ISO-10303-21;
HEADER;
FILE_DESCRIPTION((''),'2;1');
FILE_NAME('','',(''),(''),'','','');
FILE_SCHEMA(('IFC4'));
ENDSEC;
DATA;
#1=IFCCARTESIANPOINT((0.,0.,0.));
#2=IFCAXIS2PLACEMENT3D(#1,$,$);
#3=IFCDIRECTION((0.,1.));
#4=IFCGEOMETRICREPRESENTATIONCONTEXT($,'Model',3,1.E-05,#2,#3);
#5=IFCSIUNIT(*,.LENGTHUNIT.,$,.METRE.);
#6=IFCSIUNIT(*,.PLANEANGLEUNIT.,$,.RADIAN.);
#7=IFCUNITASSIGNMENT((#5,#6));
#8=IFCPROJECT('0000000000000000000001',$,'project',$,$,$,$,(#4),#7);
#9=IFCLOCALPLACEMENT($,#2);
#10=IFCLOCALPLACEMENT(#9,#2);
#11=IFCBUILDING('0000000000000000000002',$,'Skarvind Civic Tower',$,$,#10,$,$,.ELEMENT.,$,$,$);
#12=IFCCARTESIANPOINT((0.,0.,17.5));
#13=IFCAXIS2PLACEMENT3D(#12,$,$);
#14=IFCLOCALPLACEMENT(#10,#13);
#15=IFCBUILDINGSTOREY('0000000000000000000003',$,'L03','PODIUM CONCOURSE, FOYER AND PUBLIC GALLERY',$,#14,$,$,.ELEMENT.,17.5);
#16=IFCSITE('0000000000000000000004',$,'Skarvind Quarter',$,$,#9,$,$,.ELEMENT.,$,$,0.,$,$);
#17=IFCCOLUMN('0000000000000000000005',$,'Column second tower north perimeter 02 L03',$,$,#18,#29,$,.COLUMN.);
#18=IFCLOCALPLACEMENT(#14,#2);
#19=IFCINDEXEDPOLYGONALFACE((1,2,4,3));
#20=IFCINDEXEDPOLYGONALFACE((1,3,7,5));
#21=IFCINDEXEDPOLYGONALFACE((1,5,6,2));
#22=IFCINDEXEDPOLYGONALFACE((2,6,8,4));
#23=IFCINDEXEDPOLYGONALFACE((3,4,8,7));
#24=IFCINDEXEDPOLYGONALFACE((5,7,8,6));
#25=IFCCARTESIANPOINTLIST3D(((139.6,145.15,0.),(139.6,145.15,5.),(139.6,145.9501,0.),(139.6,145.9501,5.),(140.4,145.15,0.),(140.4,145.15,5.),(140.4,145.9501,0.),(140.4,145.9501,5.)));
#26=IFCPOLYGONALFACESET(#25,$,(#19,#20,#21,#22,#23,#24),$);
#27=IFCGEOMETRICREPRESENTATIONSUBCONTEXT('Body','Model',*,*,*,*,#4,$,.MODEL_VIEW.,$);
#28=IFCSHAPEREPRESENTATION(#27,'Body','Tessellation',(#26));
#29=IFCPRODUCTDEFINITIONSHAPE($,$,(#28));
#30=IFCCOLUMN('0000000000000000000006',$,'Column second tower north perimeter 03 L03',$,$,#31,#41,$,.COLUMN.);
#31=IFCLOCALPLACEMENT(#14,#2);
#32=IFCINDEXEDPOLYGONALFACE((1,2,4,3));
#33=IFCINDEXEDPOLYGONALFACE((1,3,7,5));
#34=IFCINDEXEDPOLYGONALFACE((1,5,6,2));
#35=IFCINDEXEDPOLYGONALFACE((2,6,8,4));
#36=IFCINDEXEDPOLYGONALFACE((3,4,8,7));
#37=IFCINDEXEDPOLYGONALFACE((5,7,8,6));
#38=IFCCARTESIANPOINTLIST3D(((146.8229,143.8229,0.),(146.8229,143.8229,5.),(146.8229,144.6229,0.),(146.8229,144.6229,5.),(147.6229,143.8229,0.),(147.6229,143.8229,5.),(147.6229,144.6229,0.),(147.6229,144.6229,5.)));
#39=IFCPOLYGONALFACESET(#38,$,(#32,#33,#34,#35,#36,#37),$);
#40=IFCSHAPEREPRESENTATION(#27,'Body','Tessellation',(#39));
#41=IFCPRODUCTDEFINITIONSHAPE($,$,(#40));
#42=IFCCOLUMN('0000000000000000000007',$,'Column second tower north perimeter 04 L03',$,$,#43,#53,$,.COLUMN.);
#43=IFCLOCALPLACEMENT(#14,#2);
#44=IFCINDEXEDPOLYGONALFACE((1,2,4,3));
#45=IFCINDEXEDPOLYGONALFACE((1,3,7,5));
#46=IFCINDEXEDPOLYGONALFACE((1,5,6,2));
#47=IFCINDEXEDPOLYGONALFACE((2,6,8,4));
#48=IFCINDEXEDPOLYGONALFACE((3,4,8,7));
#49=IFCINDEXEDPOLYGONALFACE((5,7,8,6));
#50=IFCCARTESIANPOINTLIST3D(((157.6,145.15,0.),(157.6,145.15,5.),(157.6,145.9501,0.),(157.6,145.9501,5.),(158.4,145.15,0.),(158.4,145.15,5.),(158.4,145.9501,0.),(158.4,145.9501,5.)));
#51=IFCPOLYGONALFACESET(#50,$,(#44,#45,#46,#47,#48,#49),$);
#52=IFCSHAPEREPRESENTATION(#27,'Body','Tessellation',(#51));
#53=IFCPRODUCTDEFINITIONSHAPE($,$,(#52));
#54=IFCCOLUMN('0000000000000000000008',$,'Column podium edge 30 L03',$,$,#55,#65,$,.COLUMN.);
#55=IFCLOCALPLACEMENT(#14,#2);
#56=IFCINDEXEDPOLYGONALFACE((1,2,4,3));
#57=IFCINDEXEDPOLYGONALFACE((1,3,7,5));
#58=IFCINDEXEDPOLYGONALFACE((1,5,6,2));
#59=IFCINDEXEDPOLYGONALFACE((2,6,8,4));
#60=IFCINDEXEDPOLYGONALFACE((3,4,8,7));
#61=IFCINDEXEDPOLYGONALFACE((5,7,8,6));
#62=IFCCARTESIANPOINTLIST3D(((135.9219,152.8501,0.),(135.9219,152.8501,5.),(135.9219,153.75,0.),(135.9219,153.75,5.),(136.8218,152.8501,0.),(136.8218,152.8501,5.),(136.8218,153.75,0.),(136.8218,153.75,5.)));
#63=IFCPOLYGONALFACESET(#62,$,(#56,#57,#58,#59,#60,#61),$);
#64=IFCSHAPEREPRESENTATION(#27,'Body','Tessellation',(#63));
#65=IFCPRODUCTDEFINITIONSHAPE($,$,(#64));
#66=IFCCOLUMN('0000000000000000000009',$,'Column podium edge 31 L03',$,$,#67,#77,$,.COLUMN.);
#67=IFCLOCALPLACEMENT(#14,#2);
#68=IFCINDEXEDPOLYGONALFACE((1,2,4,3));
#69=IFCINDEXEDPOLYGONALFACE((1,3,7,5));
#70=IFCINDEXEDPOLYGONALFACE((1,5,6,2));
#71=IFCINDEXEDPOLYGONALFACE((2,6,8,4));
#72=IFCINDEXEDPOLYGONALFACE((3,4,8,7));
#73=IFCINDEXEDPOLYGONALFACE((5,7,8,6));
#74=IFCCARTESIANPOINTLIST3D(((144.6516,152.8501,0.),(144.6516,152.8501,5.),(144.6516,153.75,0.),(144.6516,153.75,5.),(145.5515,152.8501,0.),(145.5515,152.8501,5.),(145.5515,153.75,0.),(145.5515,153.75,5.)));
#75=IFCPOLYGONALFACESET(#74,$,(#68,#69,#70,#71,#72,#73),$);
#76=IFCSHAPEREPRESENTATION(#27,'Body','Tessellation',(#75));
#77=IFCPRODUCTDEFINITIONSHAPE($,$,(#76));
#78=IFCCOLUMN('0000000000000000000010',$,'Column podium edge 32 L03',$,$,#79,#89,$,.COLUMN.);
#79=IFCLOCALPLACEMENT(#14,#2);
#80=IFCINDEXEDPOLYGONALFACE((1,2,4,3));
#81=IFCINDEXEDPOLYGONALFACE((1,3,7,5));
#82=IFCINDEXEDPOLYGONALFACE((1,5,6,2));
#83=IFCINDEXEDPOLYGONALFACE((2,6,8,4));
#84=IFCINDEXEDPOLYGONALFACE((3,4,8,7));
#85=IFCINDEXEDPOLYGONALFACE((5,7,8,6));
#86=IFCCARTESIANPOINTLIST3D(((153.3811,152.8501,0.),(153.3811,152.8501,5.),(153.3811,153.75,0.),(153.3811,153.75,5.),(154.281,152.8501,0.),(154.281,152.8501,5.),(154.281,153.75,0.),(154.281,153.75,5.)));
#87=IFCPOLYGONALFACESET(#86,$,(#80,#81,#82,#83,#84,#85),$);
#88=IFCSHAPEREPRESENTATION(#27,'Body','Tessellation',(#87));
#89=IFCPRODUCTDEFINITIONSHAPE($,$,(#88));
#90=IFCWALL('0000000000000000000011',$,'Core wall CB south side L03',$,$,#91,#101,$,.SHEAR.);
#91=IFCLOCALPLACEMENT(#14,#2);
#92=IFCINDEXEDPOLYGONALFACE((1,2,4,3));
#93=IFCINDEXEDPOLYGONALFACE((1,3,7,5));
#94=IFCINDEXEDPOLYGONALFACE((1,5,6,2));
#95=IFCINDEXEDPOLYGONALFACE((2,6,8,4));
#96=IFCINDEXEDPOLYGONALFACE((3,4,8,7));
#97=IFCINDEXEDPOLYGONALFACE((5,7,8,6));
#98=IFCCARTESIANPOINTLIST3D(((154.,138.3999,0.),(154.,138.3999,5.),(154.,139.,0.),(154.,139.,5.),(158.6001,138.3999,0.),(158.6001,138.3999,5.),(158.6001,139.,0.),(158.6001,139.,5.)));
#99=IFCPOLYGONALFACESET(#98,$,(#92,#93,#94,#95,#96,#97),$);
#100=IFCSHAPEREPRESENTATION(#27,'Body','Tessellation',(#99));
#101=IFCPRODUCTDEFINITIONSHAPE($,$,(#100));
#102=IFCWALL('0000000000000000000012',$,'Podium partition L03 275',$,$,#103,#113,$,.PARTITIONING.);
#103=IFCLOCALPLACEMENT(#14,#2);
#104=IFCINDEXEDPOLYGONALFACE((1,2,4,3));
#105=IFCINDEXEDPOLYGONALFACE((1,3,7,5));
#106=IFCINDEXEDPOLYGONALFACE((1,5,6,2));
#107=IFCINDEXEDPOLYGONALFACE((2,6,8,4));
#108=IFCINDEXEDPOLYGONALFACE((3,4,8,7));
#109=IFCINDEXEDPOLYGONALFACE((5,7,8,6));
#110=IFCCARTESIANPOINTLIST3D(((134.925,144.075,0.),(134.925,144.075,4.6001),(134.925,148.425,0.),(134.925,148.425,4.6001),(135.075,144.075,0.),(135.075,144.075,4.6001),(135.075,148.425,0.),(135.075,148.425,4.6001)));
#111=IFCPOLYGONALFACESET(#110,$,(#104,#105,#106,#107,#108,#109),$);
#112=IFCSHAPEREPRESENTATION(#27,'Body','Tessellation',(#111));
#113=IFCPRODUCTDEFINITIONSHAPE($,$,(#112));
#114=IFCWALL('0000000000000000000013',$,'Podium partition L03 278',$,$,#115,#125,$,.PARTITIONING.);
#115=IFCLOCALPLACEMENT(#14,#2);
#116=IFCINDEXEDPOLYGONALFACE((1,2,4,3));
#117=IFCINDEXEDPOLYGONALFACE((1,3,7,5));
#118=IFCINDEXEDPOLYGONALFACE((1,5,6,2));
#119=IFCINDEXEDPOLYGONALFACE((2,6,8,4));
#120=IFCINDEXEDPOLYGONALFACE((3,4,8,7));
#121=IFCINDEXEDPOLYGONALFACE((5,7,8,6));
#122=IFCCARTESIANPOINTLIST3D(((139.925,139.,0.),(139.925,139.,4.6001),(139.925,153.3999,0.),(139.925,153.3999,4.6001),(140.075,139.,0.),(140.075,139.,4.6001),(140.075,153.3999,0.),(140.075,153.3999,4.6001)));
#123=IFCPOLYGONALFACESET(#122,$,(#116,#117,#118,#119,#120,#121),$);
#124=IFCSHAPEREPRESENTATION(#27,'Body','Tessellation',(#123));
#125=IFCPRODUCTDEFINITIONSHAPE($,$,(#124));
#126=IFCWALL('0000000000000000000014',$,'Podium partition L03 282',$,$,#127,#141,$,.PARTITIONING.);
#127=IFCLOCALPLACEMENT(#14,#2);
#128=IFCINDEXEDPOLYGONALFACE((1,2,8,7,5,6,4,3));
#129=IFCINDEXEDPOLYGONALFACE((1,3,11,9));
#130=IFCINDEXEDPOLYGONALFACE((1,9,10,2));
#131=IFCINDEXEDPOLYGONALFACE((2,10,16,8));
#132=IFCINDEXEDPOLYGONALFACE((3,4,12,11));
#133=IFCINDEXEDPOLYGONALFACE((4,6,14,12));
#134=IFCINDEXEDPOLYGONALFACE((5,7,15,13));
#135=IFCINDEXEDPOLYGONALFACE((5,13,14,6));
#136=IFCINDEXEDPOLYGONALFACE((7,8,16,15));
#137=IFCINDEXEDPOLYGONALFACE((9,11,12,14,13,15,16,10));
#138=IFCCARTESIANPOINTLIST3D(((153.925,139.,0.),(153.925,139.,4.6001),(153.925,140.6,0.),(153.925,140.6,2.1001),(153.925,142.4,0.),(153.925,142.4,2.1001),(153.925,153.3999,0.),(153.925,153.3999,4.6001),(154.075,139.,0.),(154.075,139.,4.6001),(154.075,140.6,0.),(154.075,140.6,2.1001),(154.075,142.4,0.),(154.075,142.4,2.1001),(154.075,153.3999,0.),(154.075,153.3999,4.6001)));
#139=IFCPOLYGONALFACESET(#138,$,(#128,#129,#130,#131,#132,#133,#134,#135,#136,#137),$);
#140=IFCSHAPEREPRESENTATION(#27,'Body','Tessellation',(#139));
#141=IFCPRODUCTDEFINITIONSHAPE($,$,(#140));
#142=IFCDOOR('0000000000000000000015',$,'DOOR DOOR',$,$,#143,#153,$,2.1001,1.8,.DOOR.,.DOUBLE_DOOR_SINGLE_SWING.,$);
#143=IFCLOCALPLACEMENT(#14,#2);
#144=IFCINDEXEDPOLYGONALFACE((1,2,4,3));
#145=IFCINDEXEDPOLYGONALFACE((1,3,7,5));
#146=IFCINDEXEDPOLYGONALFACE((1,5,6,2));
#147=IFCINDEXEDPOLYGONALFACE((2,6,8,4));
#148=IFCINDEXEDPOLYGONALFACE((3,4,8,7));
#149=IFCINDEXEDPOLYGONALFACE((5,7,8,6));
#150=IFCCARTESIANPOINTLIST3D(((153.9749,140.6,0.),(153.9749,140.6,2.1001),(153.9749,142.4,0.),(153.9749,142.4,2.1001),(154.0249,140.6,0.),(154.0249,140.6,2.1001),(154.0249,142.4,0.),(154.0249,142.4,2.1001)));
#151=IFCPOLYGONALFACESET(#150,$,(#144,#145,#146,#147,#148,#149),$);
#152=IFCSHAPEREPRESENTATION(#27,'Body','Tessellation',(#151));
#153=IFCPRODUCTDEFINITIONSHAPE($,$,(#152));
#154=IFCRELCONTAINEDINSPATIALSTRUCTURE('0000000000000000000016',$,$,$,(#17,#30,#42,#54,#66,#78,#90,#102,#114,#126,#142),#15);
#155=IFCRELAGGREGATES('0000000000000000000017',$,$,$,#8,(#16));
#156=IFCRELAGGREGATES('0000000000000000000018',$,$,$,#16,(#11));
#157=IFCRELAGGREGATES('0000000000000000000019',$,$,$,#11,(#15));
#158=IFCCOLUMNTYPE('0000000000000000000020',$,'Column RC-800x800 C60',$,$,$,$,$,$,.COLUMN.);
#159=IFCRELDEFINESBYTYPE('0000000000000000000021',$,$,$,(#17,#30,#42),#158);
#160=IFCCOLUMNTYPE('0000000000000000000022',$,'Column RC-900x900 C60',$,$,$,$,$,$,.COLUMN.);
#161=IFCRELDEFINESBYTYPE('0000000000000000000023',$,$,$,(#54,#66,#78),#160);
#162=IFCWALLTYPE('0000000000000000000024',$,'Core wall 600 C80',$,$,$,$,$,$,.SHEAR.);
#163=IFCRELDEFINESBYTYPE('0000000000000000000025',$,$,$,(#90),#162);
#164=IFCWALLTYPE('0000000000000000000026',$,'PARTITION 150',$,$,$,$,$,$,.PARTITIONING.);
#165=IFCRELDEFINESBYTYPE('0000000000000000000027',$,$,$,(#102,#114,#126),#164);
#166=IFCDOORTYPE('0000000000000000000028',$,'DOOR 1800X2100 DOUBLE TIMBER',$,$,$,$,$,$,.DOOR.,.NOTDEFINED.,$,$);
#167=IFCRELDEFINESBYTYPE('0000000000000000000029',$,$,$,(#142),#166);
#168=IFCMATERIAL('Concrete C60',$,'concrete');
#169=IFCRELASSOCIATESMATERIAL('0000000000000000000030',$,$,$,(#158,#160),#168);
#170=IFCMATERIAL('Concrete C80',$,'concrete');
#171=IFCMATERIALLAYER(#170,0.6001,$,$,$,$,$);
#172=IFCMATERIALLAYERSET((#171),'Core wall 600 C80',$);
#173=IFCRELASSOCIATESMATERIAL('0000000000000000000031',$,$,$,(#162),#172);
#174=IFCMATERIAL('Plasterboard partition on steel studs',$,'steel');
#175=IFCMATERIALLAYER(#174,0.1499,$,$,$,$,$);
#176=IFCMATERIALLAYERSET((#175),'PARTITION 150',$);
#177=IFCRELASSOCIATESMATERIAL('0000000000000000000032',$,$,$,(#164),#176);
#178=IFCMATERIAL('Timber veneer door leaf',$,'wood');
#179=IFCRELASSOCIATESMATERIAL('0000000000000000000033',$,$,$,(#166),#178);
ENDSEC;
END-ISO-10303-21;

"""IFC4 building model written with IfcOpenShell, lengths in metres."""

from ifc_helpers import new_model, si_unit, direction, frame, frame_2d, origin, origin_2d, place, context, subcontext, project, spatial, rectangle, extrude, material, layer, layer_set, material_profile, profile_set, type_object, element, fill, save


model = new_model("IFC4")

# Units and contexts
model_context = context("Model", 3, precision=1e-05, world=origin(), true_north=direction((0.0, 1.0)))
body_context = subcontext(model_context, "Body", "Model", "MODEL_VIEW")
ifc_project = project(units=[si_unit("LENGTHUNIT", "METRE"), si_unit("PLANEANGLEUNIT", "RADIAN")], contexts=[model_context])

# Site, building, storey
site_placement = place(None, origin())
site = spatial("IfcSite", under=ifc_project, at=site_placement, Name="Skarvind Quarter", CompositionType="ELEMENT", RefElevation=0.0)
building_placement = place(site_placement, origin())
building = spatial("IfcBuilding", under=site, at=building_placement, Name="Skarvind Civic Tower", CompositionType="ELEMENT")
storey_placement = place(building_placement, frame((0.0, 0.0, 17.5)))
storey = spatial("IfcBuildingStorey", under=building, at=storey_placement, Name="L03", Description="PODIUM CONCOURSE, FOYER AND PUBLIC GALLERY", CompositionType="ELEMENT", Elevation=17.5)

# Columns
ifc_material_1 = material(Name="Concrete C60", Category="concrete")
ifc_material_profile_1 = material_profile(ifc_material_1, rectangle(XDim=0.8, YDim=0.8, at=origin_2d()), Name="RC-800x800")
ifc_profile_set_1 = profile_set([ifc_material_profile_1], Name="Concrete C60")
column_type_1 = type_object("IfcColumnType", Name="Column RC-800x800 C60", PredefinedType="COLUMN", material=ifc_profile_set_1)
for number, where, z_axis, x_axis, name in (
    (1, (140.0, 145.55, 0.0), (0.0, 0.0, 1.0), (1.0, 0.0, 0.0), "Column second tower north perimeter 02 L03"),
    (2, (147.2229, 144.2229, 0.0), (0.0, 0.0, 1.0), (1.0, 0.0, 0.0), "Column second tower north perimeter 03 L03"),
    (3, (158.0, 145.55, 0.0), (0.0, 0.0, 1.0), (1.0, 0.0, 0.0), "Column second tower north perimeter 04 L03"),
):
    element("IfcColumn", number, at=place(storey_placement, frame(where, z_axis=z_axis, x_axis=x_axis)), inside=storey, type_object=column_type_1, Name=name, PredefinedType="COLUMN", context=body_context, shape_type="SweptSolid", body=[
        extrude(rectangle(XDim=0.8, YDim=0.8, at=origin_2d()), origin(), (0.0, 0.0, 1.0), 5.0),
    ])
ifc_material_profile_2 = material_profile(ifc_material_1, rectangle(XDim=0.8999, YDim=0.8999, at=origin_2d()), Name="RC-900x900")
ifc_profile_set_2 = profile_set([ifc_material_profile_2], Name="Concrete C60")
column_type_2 = type_object("IfcColumnType", Name="Column RC-900x900 C60", PredefinedType="COLUMN", material=ifc_profile_set_2)
for number, where, z_axis, x_axis, name in (
    (4, (136.3718, 153.3, 0.0), (0.0, 0.0, 1.0), (1.0, 0.0, 0.0), "Column podium edge 30 L03"),
    (5, (145.1016, 153.3, 0.0), (0.0, 0.0, 1.0), (1.0, 0.0, 0.0), "Column podium edge 31 L03"),
    (6, (153.8311, 153.3, 0.0), (0.0, 0.0, 1.0), (1.0, 0.0, 0.0), "Column podium edge 32 L03"),
):
    element("IfcColumn", number, at=place(storey_placement, frame(where, z_axis=z_axis, x_axis=x_axis)), inside=storey, type_object=column_type_2, Name=name, PredefinedType="COLUMN", context=body_context, shape_type="SweptSolid", body=[
        extrude(rectangle(XDim=0.8999, YDim=0.8999, at=origin_2d()), origin(), (0.0, 0.0, 1.0), 5.0),
    ])

# Walls
ifc_material_2 = material(Name="Concrete C80", Category="concrete")
ifc_layer_1 = layer(ifc_material_2, 0.6001)
ifc_layer_set_1 = layer_set([ifc_layer_1], Name="Core wall 600 C80")
wall_type_1 = type_object("IfcWallType", Name="Core wall 600 C80", PredefinedType="SHEAR", material=ifc_layer_set_1)
wall_1_placement = place(storey_placement, frame((158.6001, 138.7, 0.0), z_axis=(0.0, 0.0, 1.0), x_axis=(-1.0, 0.0, 0.0)))
element("IfcWall", 7, at=wall_1_placement, inside=storey, type_object=wall_type_1, Name="Core wall CB south side L03", PredefinedType="SHEAR", context=body_context, shape_type="SweptSolid", body=[
    extrude(rectangle(XDim=4.6001, YDim=0.6001, at=frame_2d((2.3, 0.0))), origin(), (0.0, 0.0, 1.0), 5.0),
])
ifc_material_3 = material(Name="Plasterboard partition on steel studs", Category="steel")
ifc_layer_2 = layer(ifc_material_3, 0.1499)
ifc_layer_set_2 = layer_set([ifc_layer_2], Name="PARTITION 150")
wall_type_2 = type_object("IfcWallType", Name="PARTITION 150", PredefinedType="PARTITIONING", material=ifc_layer_set_2)
wall_2_placement = place(storey_placement, frame((135.0, 144.075, 0.0), z_axis=(0.0, 0.0, 1.0), x_axis=(0.0, 1.0, 0.0)))
element("IfcWall", 8, at=wall_2_placement, inside=storey, type_object=wall_type_2, Name="Podium partition L03 275", PredefinedType="PARTITIONING", context=body_context, shape_type="SweptSolid", body=[
    extrude(rectangle(XDim=4.3501, YDim=0.1499, at=frame_2d((2.175, 0.0))), origin(), (0.0, 0.0, 1.0), 4.6001),
])
wall_3_placement = place(storey_placement, frame((140.0, 139.0, 0.0), z_axis=(0.0, 0.0, 1.0), x_axis=(0.0, 1.0, 0.0)))
element("IfcWall", 9, at=wall_3_placement, inside=storey, type_object=wall_type_2, Name="Podium partition L03 278", PredefinedType="PARTITIONING", context=body_context, shape_type="SweptSolid", body=[
    extrude(rectangle(XDim=14.3999, YDim=0.1499, at=frame_2d((7.2, 0.0))), origin(), (0.0, 0.0, 1.0), 4.6001),
])

# Wall, opening, door
wall_4_placement = place(storey_placement, frame((154.0, 153.3999, 0.0), z_axis=(0.0, 0.0, 1.0), x_axis=(0.0, -1.0, 0.0)))
wall_4 = element("IfcWall", 10, at=wall_4_placement, inside=storey, type_object=wall_type_2, Name="Podium partition L03 282", PredefinedType="PARTITIONING", context=body_context, shape_type="SweptSolid", body=[
    extrude(rectangle(XDim=14.3999, YDim=0.1499, at=frame_2d((7.2, 0.0))), origin(), (0.0, 0.0, 1.0), 4.6001),
])
opening_1_placement = place(wall_4_placement, frame((11.0, 0.0, 0.0)))
opening_1 = element("IfcOpeningElement", 11, at=opening_1_placement, cuts=wall_4, PredefinedType="OPENING", context=body_context, shape_type="SweptSolid", body=[
    extrude(rectangle(XDim=1.8, YDim=2.1001, at=frame_2d((0.8999, 1.05))), frame((0.0, 0.085, 0.0), z_axis=(0.0, -1.0, 0.0), x_axis=(1.0, 0.0, 0.0)), (0.0, 0.0, 1.0), 0.1699),
])
ifc_material_4 = material(Name="Timber veneer door leaf", Category="wood")
door_type_1 = type_object("IfcDoorType", Name="DOOR 1800X2100 DOUBLE TIMBER", OperationType="NOTDEFINED", PredefinedType="DOOR", material=ifc_material_4)
door_1_placement = place(opening_1_placement, origin())
door_1 = element("IfcDoor", 12, at=door_1_placement, inside=storey, type_object=door_type_1, Name="DOOR DOOR", OperationType="DOUBLE_DOOR_SINGLE_SWING", OverallHeight=2.1001, OverallWidth=1.8, PredefinedType="DOOR", context=body_context, shape_type="SweptSolid", body=[
    extrude(rectangle(XDim=1.8, YDim=2.1001, at=frame_2d((0.8999, 1.05))), frame((0.0, 0.0249, 0.0), z_axis=(0.0, -1.0, 0.0), x_axis=(1.0, 0.0, 0.0)), (0.0, 0.0, 1.0), 0.05),
])
fill(opening_1, door_1)

save(model, "model.ifc")
